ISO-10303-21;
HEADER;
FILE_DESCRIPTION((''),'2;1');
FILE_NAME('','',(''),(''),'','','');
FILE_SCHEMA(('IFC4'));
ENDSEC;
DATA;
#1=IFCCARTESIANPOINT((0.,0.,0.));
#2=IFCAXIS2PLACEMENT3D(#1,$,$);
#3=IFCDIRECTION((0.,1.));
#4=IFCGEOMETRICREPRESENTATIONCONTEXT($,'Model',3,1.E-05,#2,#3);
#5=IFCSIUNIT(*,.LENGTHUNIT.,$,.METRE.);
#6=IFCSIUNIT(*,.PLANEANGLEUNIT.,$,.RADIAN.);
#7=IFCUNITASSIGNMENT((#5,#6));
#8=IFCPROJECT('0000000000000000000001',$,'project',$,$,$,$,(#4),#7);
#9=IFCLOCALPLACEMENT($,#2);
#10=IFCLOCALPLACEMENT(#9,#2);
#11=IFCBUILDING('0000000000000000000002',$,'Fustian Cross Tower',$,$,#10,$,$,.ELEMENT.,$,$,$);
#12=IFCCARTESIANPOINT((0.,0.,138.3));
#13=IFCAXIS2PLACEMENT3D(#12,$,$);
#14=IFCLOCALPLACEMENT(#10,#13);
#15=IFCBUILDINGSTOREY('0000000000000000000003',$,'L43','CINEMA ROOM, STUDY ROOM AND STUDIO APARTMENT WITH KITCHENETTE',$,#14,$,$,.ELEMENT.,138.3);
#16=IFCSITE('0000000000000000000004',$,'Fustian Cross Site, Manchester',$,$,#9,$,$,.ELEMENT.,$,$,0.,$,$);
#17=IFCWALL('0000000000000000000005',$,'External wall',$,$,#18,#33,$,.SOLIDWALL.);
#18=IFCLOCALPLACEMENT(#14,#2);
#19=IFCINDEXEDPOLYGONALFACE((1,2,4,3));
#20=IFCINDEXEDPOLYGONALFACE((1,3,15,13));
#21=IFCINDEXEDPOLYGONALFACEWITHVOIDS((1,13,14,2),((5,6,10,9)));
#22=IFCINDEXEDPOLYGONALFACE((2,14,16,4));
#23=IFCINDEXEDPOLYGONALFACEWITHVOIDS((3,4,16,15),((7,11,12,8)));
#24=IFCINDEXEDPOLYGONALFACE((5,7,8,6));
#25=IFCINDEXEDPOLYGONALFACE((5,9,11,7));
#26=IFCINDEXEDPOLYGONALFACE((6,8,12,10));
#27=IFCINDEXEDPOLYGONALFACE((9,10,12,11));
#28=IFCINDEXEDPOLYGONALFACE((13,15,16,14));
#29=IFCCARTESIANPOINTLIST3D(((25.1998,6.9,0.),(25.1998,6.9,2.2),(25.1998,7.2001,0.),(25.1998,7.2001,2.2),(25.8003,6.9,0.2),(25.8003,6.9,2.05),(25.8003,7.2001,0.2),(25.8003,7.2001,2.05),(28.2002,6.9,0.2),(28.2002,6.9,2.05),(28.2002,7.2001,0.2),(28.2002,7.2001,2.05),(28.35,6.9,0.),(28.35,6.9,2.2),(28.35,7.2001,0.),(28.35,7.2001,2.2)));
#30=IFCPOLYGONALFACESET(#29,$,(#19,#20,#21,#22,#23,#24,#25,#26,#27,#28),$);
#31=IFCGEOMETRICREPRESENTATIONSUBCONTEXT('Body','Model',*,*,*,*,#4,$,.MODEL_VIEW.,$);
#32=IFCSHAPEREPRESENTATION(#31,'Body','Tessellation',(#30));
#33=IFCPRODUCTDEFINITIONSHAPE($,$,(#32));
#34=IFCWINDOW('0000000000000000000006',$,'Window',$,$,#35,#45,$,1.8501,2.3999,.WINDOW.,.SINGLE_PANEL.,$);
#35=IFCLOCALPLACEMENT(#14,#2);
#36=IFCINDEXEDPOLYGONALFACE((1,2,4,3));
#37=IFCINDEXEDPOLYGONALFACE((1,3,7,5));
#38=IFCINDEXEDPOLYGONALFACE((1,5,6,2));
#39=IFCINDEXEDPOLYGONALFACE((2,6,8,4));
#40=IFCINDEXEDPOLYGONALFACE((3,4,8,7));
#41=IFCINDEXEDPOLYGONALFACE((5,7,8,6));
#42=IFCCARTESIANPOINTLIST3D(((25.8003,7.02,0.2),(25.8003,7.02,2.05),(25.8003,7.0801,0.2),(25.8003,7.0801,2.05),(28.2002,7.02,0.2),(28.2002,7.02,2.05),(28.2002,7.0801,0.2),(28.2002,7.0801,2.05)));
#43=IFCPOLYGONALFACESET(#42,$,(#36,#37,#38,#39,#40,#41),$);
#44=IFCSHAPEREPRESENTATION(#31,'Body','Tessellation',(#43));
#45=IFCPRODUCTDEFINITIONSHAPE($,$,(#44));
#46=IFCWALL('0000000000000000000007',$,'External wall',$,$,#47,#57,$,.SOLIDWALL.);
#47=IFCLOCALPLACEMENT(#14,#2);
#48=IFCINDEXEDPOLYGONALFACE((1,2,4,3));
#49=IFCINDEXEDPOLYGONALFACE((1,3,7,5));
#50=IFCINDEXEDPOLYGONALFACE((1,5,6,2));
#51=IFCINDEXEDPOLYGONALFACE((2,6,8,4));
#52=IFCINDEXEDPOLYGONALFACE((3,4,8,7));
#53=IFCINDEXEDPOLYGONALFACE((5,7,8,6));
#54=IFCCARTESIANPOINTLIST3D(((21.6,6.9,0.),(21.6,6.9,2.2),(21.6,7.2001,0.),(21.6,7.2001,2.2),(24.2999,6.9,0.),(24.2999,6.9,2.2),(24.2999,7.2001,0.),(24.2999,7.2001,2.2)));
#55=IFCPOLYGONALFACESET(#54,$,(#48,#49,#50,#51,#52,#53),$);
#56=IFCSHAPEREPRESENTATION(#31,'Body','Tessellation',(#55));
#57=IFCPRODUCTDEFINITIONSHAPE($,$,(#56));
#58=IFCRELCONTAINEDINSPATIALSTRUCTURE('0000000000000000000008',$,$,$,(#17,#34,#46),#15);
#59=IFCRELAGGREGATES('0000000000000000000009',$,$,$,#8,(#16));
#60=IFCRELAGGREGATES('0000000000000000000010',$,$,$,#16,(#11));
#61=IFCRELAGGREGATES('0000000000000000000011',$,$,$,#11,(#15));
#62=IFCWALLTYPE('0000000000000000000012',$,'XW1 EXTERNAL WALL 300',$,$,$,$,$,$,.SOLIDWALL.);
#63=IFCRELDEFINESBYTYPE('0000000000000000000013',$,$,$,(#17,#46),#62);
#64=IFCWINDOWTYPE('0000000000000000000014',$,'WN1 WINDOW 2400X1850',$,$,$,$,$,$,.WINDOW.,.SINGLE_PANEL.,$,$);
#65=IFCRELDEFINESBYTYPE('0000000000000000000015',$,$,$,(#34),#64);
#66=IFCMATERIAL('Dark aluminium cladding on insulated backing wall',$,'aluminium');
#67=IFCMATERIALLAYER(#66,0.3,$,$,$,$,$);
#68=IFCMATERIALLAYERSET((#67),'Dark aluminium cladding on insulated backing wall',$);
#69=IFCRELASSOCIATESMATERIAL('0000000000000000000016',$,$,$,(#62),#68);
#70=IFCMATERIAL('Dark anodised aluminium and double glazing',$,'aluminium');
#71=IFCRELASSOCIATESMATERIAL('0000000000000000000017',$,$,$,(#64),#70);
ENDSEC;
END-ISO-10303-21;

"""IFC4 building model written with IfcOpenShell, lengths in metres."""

from ifc_helpers import new_model, si_unit, direction, frame, frame_2d, origin, place, context, subcontext, project, spatial, rectangle, extrude, material, layer, layer_set, type_object, element, fill, save


model = new_model("IFC4")

# Units and contexts
model_context = context("Model", 3, precision=1e-05, world=origin(), true_north=direction((0.0, 1.0)))
body_context = subcontext(model_context, "Body", "Model", "MODEL_VIEW")
ifc_project = project(units=[si_unit("LENGTHUNIT", "METRE"), si_unit("PLANEANGLEUNIT", "RADIAN")], contexts=[model_context])

# Site, building, storey
site_placement = place(None, origin())
site = spatial("IfcSite", under=ifc_project, at=site_placement, Name="Fustian Cross Site, Manchester", CompositionType="ELEMENT", RefElevation=0.0)
building_placement = place(site_placement, origin())
building = spatial("IfcBuilding", under=site, at=building_placement, Name="Fustian Cross Tower", CompositionType="ELEMENT")
storey_placement = place(building_placement, frame((0.0, 0.0, 138.3)))
storey = spatial("IfcBuildingStorey", under=building, at=storey_placement, Name="L43", Description="CINEMA ROOM, STUDY ROOM AND STUDIO APARTMENT WITH KITCHENETTE", CompositionType="ELEMENT", Elevation=138.3)

# Shared definitions
ifc_material_1 = material(Name="Dark aluminium cladding on insulated backing wall", Category="aluminium")
ifc_layer_1 = layer(ifc_material_1, 0.3)
ifc_layer_set_1 = layer_set([ifc_layer_1], Name="Dark aluminium cladding on insulated backing wall")
wall_type_1 = type_object("IfcWallType", Name="XW1 EXTERNAL WALL 300", PredefinedType="SOLIDWALL", material=ifc_layer_set_1)

# Wall, opening, window
wall_1_placement = place(storey_placement, frame((28.3501, 7.05, 0.0), z_axis=(0.0, 0.0, 1.0), x_axis=(-1.0, 0.0, 0.0)))
wall_1 = element("IfcWall", 1, at=wall_1_placement, inside=storey, type_object=wall_type_1, Name="External wall", PredefinedType="SOLIDWALL", context=body_context, shape_type="SweptSolid", body=[
    extrude(rectangle(XDim=3.1501, YDim=0.3, at=frame_2d((1.5752, 0.0))), origin(), (0.0, 0.0, 1.0), 2.2),
])
opening_1_placement = place(wall_1_placement, frame((0.1499, 0.0, 0.2)))
opening_1 = element("IfcOpeningElement", 2, at=opening_1_placement, cuts=wall_1, PredefinedType="OPENING", context=body_context, shape_type="SweptSolid", body=[
    extrude(rectangle(XDim=2.3999, YDim=1.8501, at=frame_2d((1.2, 0.925))), frame((0.0, 0.1599, 0.0), z_axis=(0.0, -1.0, 0.0), x_axis=(1.0, 0.0, 0.0)), (0.0, 0.0, 1.0), 0.3201),
])
ifc_material_2 = material(Name="Dark anodised aluminium and double glazing", Category="aluminium")
window_type = type_object("IfcWindowType", Name="WN1 WINDOW 2400X1850", PartitioningType="SINGLE_PANEL", PredefinedType="WINDOW", material=ifc_material_2)
window_placement = place(opening_1_placement, origin())
window = element("IfcWindow", 3, at=window_placement, inside=storey, type_object=window_type, Name="Window", OverallHeight=1.8501, OverallWidth=2.3999, PartitioningType="SINGLE_PANEL", PredefinedType="WINDOW", context=body_context, shape_type="SweptSolid", body=[
    extrude(rectangle(XDim=2.3999, YDim=1.8501, at=frame_2d((1.2, 0.925))), frame((0.0, 0.03, 0.0), z_axis=(0.0, -1.0, 0.0), x_axis=(1.0, 0.0, 0.0)), (0.0, 0.0, 1.0), 0.0601),
])
fill(opening_1, window)

# Wall
wall_2_placement = place(storey_placement, frame((24.3, 7.05, 0.0), z_axis=(0.0, 0.0, 1.0), x_axis=(-1.0, 0.0, 0.0)))
element("IfcWall", 4, at=wall_2_placement, inside=storey, type_object=wall_type_1, Name="External wall", PredefinedType="SOLIDWALL", context=body_context, shape_type="SweptSolid", body=[
    extrude(rectangle(XDim=2.7, YDim=0.3, at=frame_2d((1.3501, 0.0))), origin(), (0.0, 0.0, 1.0), 2.2),
])

save(model, "model.ifc")
